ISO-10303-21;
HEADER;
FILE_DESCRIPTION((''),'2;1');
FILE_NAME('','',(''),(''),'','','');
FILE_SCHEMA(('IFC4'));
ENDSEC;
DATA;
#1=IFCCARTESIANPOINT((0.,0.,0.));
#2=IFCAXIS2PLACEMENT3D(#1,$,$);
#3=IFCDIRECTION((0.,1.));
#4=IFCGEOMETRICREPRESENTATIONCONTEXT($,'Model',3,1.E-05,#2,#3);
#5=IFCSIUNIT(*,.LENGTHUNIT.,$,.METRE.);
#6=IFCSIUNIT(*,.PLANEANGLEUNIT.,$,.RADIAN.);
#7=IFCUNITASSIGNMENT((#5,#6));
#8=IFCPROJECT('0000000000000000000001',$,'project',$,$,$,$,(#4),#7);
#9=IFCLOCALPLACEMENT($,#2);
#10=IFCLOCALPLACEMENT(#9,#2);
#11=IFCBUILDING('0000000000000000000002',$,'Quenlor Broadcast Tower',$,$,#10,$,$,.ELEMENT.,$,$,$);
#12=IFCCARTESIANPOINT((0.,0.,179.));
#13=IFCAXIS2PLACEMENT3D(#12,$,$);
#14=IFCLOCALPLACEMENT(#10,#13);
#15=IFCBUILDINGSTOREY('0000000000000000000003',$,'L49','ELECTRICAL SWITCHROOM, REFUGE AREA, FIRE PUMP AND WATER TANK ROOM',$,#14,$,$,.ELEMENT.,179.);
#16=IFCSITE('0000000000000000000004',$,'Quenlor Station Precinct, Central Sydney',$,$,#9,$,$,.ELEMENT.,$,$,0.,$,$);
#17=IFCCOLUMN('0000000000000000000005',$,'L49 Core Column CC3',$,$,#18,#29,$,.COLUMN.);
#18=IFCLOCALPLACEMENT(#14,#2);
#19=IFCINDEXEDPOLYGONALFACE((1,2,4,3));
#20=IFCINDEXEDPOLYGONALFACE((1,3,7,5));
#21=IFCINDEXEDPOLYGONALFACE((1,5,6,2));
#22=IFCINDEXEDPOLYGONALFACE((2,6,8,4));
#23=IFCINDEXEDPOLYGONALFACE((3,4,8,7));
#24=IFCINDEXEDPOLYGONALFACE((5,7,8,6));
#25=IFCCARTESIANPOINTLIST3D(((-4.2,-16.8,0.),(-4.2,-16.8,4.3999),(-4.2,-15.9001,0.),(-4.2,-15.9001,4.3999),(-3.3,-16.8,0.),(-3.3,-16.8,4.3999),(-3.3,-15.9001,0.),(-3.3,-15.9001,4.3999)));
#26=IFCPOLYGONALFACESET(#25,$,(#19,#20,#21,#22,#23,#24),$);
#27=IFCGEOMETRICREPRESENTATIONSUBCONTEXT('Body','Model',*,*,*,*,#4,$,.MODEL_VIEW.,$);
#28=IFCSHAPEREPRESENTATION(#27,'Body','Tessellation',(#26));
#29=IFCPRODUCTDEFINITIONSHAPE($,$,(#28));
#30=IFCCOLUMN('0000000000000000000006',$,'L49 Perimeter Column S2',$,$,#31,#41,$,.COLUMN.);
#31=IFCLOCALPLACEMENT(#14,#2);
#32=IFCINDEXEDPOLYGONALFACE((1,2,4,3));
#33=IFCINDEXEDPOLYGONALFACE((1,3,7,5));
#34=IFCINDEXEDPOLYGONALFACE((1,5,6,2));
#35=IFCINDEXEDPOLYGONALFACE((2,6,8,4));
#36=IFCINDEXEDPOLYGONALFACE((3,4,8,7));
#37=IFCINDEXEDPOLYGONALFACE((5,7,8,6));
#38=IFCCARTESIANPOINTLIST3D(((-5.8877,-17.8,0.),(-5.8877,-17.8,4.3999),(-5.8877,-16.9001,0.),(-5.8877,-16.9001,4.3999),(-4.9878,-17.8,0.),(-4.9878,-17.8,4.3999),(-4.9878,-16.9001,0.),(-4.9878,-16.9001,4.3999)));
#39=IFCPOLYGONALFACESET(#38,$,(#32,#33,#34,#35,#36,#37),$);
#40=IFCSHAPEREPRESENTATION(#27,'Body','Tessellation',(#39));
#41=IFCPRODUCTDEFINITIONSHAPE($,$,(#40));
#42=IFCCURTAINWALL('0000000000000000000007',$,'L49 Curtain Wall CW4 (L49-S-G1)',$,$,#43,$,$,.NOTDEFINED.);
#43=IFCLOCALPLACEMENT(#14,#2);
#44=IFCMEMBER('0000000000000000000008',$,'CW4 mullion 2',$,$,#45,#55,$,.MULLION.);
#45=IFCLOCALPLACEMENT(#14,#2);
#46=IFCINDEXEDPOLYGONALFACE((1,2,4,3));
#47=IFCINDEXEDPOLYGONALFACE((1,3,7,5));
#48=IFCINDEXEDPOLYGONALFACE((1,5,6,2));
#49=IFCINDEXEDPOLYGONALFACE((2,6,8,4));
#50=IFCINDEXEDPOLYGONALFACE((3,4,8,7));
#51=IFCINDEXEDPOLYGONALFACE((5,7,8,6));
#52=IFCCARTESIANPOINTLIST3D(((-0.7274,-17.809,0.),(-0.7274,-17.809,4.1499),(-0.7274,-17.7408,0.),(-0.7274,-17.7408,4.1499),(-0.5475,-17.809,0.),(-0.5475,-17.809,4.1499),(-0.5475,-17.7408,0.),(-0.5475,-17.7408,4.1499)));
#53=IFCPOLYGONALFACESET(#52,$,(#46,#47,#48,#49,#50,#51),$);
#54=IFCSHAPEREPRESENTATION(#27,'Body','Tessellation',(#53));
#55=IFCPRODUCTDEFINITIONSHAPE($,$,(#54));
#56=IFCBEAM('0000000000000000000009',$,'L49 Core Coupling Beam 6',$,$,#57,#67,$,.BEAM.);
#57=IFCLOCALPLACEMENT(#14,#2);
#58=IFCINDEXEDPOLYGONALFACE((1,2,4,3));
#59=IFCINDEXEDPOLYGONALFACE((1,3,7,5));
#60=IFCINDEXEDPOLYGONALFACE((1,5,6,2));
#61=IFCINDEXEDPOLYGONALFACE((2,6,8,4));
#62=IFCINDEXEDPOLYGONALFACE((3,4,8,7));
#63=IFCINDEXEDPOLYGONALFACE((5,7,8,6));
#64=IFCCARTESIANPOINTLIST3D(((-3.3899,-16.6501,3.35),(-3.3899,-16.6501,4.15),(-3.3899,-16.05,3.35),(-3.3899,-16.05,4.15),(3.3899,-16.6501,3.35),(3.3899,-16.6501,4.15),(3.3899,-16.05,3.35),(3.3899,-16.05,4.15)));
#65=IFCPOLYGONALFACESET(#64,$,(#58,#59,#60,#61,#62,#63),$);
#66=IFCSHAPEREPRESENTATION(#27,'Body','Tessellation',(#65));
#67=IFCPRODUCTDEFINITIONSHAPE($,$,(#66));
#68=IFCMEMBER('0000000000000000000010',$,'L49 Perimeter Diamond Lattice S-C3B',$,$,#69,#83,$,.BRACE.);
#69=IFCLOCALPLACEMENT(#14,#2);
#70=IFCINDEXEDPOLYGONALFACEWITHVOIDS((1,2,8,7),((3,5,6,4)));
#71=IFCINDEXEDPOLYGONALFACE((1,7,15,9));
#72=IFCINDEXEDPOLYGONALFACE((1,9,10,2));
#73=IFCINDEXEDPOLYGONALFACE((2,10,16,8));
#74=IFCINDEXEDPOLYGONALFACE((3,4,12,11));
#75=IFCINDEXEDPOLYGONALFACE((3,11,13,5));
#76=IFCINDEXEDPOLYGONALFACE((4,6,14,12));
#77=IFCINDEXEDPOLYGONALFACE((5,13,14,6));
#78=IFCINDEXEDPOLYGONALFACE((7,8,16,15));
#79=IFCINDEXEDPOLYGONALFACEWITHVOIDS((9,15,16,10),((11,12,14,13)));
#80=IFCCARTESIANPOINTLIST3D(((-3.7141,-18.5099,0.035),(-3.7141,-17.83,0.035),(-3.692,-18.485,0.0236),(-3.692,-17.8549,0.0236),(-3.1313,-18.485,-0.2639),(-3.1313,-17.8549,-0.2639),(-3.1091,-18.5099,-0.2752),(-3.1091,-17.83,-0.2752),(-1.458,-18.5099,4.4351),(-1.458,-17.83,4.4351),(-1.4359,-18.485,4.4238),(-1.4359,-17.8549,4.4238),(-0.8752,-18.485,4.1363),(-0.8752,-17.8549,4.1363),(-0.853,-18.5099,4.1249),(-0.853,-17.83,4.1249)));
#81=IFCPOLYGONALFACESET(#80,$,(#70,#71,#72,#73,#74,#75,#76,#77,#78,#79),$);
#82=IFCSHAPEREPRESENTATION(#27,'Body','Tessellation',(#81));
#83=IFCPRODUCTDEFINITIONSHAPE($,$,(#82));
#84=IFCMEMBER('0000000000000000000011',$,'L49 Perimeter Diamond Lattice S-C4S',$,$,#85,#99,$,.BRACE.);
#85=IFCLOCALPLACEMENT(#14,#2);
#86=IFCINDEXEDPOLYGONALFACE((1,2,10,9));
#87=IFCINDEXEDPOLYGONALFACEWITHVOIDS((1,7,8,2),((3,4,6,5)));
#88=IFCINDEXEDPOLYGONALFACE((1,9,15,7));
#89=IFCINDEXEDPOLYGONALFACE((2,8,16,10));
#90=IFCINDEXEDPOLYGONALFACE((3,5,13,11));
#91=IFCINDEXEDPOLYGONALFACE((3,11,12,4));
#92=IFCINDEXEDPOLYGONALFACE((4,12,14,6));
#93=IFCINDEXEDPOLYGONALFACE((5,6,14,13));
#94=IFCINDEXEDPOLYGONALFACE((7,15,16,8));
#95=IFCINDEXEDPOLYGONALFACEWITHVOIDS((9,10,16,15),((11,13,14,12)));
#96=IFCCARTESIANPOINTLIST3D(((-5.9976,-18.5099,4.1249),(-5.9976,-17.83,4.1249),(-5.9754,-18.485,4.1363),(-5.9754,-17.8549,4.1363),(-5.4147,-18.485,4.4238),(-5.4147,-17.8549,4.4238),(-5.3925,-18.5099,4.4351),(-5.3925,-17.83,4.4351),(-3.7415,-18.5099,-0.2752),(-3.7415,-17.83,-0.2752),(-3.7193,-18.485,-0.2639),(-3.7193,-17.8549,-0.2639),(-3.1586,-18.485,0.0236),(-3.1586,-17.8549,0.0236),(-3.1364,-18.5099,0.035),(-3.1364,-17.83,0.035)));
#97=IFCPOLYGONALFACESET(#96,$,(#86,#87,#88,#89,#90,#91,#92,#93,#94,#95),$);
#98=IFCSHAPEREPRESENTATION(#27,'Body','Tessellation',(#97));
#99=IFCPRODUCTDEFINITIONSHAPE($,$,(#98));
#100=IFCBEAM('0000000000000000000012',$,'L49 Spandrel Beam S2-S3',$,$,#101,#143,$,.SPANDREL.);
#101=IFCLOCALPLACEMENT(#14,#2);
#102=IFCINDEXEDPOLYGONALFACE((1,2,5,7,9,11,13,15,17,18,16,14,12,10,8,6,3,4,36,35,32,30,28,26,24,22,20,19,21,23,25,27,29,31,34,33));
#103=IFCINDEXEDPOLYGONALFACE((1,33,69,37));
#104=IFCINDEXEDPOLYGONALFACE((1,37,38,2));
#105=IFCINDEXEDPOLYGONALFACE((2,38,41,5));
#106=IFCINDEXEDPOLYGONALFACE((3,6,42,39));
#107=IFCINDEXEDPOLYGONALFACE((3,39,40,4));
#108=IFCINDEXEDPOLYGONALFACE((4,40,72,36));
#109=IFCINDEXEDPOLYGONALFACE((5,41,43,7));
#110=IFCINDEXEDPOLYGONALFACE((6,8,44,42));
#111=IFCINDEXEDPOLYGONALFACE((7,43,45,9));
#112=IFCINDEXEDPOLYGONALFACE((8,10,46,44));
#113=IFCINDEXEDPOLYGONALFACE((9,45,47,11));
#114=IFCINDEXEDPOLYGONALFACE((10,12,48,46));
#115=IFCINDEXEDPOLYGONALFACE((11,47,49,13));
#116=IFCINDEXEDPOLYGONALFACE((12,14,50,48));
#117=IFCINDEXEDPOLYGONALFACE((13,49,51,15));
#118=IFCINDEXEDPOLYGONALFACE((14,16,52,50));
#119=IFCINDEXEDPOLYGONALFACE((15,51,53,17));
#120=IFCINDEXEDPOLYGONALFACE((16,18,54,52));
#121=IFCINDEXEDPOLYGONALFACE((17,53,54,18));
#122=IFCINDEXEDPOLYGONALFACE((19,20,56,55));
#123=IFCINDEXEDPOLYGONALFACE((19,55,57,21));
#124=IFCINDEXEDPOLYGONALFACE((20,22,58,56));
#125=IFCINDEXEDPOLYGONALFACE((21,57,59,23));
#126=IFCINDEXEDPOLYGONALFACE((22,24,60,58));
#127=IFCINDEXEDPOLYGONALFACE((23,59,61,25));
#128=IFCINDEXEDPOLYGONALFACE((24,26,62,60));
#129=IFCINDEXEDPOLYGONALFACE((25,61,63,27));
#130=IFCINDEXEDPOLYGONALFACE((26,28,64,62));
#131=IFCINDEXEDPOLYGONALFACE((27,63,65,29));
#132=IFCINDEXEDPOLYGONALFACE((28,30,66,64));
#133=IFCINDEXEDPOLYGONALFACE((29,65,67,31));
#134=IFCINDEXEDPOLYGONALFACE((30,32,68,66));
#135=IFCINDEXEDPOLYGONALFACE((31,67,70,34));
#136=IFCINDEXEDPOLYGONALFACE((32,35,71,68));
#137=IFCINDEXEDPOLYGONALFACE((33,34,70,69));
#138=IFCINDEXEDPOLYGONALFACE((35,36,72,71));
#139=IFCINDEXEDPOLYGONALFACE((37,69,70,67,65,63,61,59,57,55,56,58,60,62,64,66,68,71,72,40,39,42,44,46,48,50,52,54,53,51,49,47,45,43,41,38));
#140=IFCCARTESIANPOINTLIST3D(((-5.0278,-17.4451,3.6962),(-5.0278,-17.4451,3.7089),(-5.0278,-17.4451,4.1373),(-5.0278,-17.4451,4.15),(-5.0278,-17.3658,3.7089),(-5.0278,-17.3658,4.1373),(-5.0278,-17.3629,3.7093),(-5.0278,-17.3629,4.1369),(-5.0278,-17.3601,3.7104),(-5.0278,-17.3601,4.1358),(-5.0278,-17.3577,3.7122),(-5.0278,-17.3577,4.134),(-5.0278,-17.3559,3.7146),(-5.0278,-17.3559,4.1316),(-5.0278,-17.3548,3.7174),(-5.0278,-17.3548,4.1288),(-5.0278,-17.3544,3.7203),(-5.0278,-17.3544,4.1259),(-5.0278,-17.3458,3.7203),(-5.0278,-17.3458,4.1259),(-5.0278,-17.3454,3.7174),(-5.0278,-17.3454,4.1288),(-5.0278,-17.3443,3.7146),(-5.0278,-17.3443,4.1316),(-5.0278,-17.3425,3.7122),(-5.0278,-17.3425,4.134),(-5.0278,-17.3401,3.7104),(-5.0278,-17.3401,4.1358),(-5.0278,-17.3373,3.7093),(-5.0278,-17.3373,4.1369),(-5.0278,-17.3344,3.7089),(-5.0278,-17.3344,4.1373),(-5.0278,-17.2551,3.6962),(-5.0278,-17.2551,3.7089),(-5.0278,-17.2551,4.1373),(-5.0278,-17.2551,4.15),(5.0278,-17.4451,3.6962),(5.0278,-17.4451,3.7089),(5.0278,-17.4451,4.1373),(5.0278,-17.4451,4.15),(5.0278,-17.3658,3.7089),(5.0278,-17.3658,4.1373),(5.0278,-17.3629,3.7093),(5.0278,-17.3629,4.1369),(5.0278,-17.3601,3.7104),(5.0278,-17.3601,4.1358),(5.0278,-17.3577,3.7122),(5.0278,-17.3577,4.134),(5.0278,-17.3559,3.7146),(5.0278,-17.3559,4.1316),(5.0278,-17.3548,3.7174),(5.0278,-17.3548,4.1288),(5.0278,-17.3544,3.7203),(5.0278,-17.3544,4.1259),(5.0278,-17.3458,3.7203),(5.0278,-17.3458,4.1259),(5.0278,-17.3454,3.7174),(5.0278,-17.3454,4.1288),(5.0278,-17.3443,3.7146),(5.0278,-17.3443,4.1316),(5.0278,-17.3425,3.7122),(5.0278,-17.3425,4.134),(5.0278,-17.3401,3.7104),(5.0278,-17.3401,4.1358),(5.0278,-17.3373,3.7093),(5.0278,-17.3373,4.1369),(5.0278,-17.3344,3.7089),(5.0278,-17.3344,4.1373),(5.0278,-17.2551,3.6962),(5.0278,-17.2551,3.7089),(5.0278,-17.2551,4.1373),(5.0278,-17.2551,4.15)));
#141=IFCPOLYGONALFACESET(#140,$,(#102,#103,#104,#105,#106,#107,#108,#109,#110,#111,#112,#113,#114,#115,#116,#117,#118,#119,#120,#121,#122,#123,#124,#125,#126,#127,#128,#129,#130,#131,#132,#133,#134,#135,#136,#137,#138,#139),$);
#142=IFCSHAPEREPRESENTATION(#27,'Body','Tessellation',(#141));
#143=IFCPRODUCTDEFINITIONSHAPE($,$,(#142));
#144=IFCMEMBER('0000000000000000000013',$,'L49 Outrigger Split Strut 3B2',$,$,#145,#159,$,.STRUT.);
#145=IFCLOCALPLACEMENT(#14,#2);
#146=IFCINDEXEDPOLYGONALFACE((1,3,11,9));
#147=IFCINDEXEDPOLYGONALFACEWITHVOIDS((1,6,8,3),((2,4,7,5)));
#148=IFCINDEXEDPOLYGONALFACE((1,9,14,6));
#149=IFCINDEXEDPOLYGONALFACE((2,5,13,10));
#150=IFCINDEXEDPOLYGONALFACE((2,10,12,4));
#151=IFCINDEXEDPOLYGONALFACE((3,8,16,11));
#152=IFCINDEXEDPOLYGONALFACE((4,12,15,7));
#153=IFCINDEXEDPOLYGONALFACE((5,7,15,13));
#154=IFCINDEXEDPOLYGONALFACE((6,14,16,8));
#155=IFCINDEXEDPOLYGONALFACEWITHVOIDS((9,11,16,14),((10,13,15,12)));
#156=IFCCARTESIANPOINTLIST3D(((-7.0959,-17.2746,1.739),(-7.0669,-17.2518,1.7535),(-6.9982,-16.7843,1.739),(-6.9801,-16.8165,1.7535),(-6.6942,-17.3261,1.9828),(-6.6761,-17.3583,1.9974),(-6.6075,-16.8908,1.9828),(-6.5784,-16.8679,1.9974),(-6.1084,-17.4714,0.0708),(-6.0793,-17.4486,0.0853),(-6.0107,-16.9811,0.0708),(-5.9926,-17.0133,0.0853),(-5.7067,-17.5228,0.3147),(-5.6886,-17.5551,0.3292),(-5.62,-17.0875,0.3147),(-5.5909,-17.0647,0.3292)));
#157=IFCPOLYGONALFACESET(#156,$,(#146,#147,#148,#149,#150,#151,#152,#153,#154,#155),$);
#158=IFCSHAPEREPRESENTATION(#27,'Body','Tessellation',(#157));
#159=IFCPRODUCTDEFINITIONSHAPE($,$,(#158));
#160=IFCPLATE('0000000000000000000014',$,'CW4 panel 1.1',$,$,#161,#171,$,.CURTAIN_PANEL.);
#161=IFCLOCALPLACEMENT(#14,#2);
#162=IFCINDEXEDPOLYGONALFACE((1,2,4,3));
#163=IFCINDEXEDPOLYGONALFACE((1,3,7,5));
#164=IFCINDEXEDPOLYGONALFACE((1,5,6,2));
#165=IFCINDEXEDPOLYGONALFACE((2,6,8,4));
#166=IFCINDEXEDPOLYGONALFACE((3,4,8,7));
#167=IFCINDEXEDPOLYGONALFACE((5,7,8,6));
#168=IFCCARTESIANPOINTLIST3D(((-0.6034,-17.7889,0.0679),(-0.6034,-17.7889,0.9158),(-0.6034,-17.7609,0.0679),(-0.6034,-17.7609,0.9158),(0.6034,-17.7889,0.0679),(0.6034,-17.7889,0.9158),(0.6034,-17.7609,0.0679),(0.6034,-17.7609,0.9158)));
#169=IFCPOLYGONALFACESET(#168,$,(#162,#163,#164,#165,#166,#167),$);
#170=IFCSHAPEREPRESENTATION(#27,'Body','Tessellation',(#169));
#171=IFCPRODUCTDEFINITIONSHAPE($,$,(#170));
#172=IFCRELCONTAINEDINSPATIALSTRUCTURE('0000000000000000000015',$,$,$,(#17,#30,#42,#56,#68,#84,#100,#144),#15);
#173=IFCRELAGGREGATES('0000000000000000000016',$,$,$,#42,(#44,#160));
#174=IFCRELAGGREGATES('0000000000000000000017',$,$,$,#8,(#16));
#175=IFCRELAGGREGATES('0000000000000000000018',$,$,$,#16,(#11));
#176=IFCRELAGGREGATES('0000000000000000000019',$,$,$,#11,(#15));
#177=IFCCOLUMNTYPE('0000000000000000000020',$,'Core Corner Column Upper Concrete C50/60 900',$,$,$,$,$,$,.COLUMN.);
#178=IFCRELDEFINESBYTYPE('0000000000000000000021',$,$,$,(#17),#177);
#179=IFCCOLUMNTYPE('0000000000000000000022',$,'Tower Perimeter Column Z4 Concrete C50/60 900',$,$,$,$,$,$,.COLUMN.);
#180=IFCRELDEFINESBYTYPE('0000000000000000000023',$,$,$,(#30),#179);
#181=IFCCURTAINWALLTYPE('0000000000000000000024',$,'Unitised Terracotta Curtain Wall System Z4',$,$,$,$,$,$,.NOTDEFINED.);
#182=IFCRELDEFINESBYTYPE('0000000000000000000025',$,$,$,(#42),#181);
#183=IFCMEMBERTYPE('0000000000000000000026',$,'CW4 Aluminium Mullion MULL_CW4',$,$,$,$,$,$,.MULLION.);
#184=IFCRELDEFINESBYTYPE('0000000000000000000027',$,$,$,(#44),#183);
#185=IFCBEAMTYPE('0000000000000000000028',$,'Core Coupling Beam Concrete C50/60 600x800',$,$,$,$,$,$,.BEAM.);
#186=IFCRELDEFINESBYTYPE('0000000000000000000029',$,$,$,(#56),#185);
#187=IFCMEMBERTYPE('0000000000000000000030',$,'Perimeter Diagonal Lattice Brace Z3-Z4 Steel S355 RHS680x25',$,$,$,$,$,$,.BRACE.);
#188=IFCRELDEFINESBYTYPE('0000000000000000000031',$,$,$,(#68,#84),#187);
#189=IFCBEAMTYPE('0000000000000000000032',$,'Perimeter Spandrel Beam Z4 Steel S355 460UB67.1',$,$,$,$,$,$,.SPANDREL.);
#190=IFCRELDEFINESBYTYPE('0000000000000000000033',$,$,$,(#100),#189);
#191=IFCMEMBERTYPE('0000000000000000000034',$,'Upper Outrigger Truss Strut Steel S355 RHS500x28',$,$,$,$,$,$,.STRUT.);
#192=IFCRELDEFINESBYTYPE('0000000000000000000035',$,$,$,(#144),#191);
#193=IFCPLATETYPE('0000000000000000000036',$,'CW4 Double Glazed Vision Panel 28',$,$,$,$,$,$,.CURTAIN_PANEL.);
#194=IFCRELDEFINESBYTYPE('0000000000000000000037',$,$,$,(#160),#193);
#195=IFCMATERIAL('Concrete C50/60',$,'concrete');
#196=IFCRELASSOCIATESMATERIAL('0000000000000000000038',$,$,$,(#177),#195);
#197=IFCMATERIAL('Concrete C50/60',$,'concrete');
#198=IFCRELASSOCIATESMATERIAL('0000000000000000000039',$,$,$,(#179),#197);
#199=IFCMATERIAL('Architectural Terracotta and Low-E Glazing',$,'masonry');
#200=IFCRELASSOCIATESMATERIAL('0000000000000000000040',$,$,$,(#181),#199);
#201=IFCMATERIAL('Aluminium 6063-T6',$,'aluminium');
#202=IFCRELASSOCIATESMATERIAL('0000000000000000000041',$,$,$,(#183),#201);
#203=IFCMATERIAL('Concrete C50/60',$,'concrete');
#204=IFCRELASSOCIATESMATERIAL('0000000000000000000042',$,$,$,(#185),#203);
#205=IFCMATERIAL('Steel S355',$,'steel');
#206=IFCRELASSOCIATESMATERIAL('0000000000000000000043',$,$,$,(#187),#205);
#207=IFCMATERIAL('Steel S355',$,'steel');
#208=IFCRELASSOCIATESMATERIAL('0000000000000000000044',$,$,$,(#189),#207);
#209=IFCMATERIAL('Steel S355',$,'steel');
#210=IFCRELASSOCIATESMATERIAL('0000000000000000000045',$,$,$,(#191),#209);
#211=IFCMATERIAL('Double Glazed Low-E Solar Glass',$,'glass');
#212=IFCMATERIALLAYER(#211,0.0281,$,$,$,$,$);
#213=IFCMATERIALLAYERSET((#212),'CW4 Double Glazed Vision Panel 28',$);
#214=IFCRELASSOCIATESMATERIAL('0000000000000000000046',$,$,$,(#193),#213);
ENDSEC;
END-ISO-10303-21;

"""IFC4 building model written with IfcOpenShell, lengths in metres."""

from ifc_helpers import new_model, si_unit, direction, frame, origin, origin_2d, place, context, subcontext, project, spatial, rectangle, hollow_rectangle, i_section, extrude, material, layer, layer_set, material_profile, profile_set, type_object, element, aggregate, save


model = new_model("IFC4")

# Units and contexts
model_context = context("Model", 3, precision=1e-05, world=origin(), true_north=direction((0.0, 1.0)))
body_context = subcontext(model_context, "Body", "Model", "MODEL_VIEW")
ifc_project = project(units=[si_unit("LENGTHUNIT", "METRE"), si_unit("PLANEANGLEUNIT", "RADIAN")], contexts=[model_context])

# Site, building, storey
site_placement = place(None, origin())
site = spatial("IfcSite", under=ifc_project, at=site_placement, Name="Quenlor Station Precinct, Central Sydney", CompositionType="ELEMENT", RefElevation=0.0)
building_placement = place(site_placement, origin())
building = spatial("IfcBuilding", under=site, at=building_placement, Name="Quenlor Broadcast Tower", CompositionType="ELEMENT")
storey_placement = place(building_placement, frame((0.0, 0.0, 179.0)))
storey = spatial("IfcBuildingStorey", under=building, at=storey_placement, Name="L49", Description="ELECTRICAL SWITCHROOM, REFUGE AREA, FIRE PUMP AND WATER TANK ROOM", CompositionType="ELEMENT", Elevation=179.0)

# Columns
ifc_material_1 = material(Name="Concrete C50/60", Category="concrete")
ifc_material_profile_1 = material_profile(ifc_material_1, rectangle(XDim=0.8999, YDim=0.8999, at=origin_2d()))
ifc_profile_set_1 = profile_set([ifc_material_profile_1], Name="Concrete C50/60 RC900x900")
column_type_1 = type_object("IfcColumnType", Name="Core Corner Column Upper Concrete C50/60 900", PredefinedType="COLUMN", material=ifc_profile_set_1)
column_1_placement = place(storey_placement, frame((-3.75, -16.3501, 0.0), z_axis=(0.0, 0.0, 1.0), x_axis=(1.0, 0.0, 0.0)))
element("IfcColumn", 1, at=column_1_placement, inside=storey, type_object=column_type_1, Name="L49 Core Column CC3", PredefinedType="COLUMN", context=body_context, shape_type="SweptSolid", body=[
    extrude(rectangle(XDim=0.8999, YDim=0.8999, at=origin_2d()), origin(), (0.0, 0.0, 1.0), 4.3999),
])
ifc_material_2 = material(Name="Concrete C50/60", Category="concrete")
ifc_material_profile_2 = material_profile(ifc_material_2, rectangle(XDim=0.8999, YDim=0.8999, at=origin_2d()))
ifc_profile_set_2 = profile_set([ifc_material_profile_2], Name="Concrete C50/60 RC900x900")
column_type_2 = type_object("IfcColumnType", Name="Tower Perimeter Column Z4 Concrete C50/60 900", PredefinedType="COLUMN", material=ifc_profile_set_2)
column_2_placement = place(storey_placement, frame((-5.4377, -17.3501, 0.0), z_axis=(0.0, 0.0, 1.0), x_axis=(0.0, 1.0, 0.0)))
element("IfcColumn", 2, at=column_2_placement, inside=storey, type_object=column_type_2, Name="L49 Perimeter Column S2", PredefinedType="COLUMN", context=body_context, shape_type="SweptSolid", body=[
    extrude(rectangle(XDim=0.8999, YDim=0.8999, at=origin_2d()), origin(), (0.0, 0.0, 1.0), 4.3999),
])

# Curtain wall, member
ifc_material_3 = material(Name="Architectural Terracotta and Low-E Glazing", Category="masonry")
curtain_wall_type = type_object("IfcCurtainWallType", Name="Unitised Terracotta Curtain Wall System Z4", PredefinedType="NOTDEFINED", material=ifc_material_3)
curtain_wall_placement = place(storey_placement, origin())
curtain_wall = element("IfcCurtainWall", 3, at=curtain_wall_placement, inside=storey, type_object=curtain_wall_type, Name="L49 Curtain Wall CW4 (L49-S-G1)", PredefinedType="NOTDEFINED")
ifc_material_4 = material(Name="Aluminium 6063-T6", Category="aluminium")
ifc_material_profile_3 = material_profile(ifc_material_4, rectangle(XDim=0.0681, YDim=0.1799, at=origin_2d()))
ifc_profile_set_3 = profile_set([ifc_material_profile_3], Name="Aluminium 6063-T6 MULL68x180")
member_type_1 = type_object("IfcMemberType", Name="CW4 Aluminium Mullion MULL_CW4", PredefinedType="MULLION", material=ifc_profile_set_3)
member_1_placement = place(storey_placement, frame((-0.6375, -17.7749, 0.0), z_axis=(0.0, 0.0, 1.0), x_axis=(0.0, -1.0, 0.0)))
member_1 = element("IfcMember", 4, at=member_1_placement, type_object=member_type_1, Name="CW4 mullion 2", PredefinedType="MULLION", context=body_context, shape_type="SweptSolid", body=[
    extrude(rectangle(XDim=0.0681, YDim=0.1799, at=origin_2d()), origin(), (0.0, 0.0, 1.0), 4.1499),
])

# Beam
ifc_material_5 = material(Name="Concrete C50/60", Category="concrete")
ifc_material_profile_4 = material_profile(ifc_material_5, rectangle(XDim=0.6001, YDim=0.8, at=origin_2d()))
ifc_profile_set_4 = profile_set([ifc_material_profile_4], Name="Concrete C50/60 RCB600x800")
beam_type_1 = type_object("IfcBeamType", Name="Core Coupling Beam Concrete C50/60 600x800", PredefinedType="BEAM", material=ifc_profile_set_4)
beam_1_placement = place(storey_placement, frame((-3.3899, -16.3501, 3.75), z_axis=(1.0, 0.0, 0.0), x_axis=(0.0, 1.0, 0.0)))
element("IfcBeam", 5, at=beam_1_placement, inside=storey, type_object=beam_type_1, Name="L49 Core Coupling Beam 6", PredefinedType="BEAM", context=body_context, shape_type="SweptSolid", body=[
    extrude(rectangle(XDim=0.6001, YDim=0.8, at=origin_2d()), origin(), (0.0, 0.0, 1.0), 6.7798),
])

# Members
ifc_material_6 = material(Name="Steel S355", Category="steel")
ifc_material_profile_5 = material_profile(ifc_material_6, hollow_rectangle(XDim=0.6799, YDim=0.6799, WallThickness=0.0249, at=origin_2d()))
ifc_profile_set_5 = profile_set([ifc_material_profile_5], Name="Steel S355 RHS680x680x25")
member_type_2 = type_object("IfcMemberType", Name="Perimeter Diagonal Lattice Brace Z3-Z4 Steel S355 RHS680x25", PredefinedType="BRACE", material=ifc_profile_set_5)
for number, where, z_axis, x_axis, name in (
    (6, (-3.4116, -18.1699, -0.1201), (0.456256, 0.0, 0.889849), (0.0, 1.0, 0.0), "L49 Perimeter Diamond Lattice S-C3B"),
    (7, (-3.439, -18.1699, -0.1201), (-0.456256, 0.0, 0.889849), (0.0, -1.0, 0.0), "L49 Perimeter Diamond Lattice S-C4S"),
):
    element("IfcMember", number, at=place(storey_placement, frame(where, z_axis=z_axis, x_axis=x_axis)), inside=storey, type_object=member_type_2, Name=name, PredefinedType="BRACE", context=body_context, shape_type="SweptSolid", body=[
        extrude(hollow_rectangle(XDim=0.6799, YDim=0.6799, WallThickness=0.0249, at=origin_2d()), origin(), (0.0, 0.0, 1.0), 4.9448),
    ])

# Beam
ifc_material_7 = material(Name="Steel S355", Category="steel")
ifc_material_profile_6 = material_profile(ifc_material_7, i_section(OverallWidth=0.1899, OverallDepth=0.4539, WebThickness=0.0085, FlangeThickness=0.0127, FilletRadius=0.0115, at=origin_2d()))
ifc_profile_set_6 = profile_set([ifc_material_profile_6], Name="Steel S355 460UB67.1")
beam_type_2 = type_object("IfcBeamType", Name="Perimeter Spandrel Beam Z4 Steel S355 460UB67.1", PredefinedType="SPANDREL", material=ifc_profile_set_6)
beam_2_placement = place(storey_placement, frame((-5.0278, -17.3501, 3.9231), z_axis=(1.0, 0.0, 0.0), x_axis=(0.0, 1.0, 0.0)))
element("IfcBeam", 8, at=beam_2_placement, inside=storey, type_object=beam_type_2, Name="L49 Spandrel Beam S2-S3", PredefinedType="SPANDREL", context=body_context, shape_type="SweptSolid", body=[
    extrude(i_section(OverallWidth=0.1899, OverallDepth=0.4539, WebThickness=0.0085, FlangeThickness=0.0127, FilletRadius=0.0115, at=origin_2d()), origin(), (0.0, 0.0, 1.0), 10.0557),
])

# Member
ifc_material_8 = material(Name="Steel S355", Category="steel")
ifc_material_profile_7 = material_profile(ifc_material_8, hollow_rectangle(XDim=0.5, YDim=0.5, WallThickness=0.0281, at=origin_2d()))
ifc_profile_set_7 = profile_set([ifc_material_profile_7], Name="Steel S355 RHS500x500x28")
member_type_3 = type_object("IfcMemberType", Name="Upper Outrigger Truss Strut Steel S355 RHS500x28", PredefinedType="STRUT", material=ifc_profile_set_7)
member_2_placement = place(storey_placement, frame((-6.8372, -17.0713, 1.8682), z_axis=(0.506808, -0.100986, -0.856124), x_axis=(0.195417, 0.98072, 0.0)))
element("IfcMember", 9, at=member_2_placement, inside=storey, type_object=member_type_3, Name="L49 Outrigger Split Strut 3B2", PredefinedType="STRUT", context=body_context, shape_type="SweptSolid", body=[
    extrude(hollow_rectangle(XDim=0.5, YDim=0.5, WallThickness=0.0281, at=origin_2d()), origin(), (0.0, 0.0, 1.0), 1.9485),
])

# Plate
ifc_material_9 = material(Name="Double Glazed Low-E Solar Glass", Category="glass")
ifc_layer_1 = layer(ifc_material_9, 0.0281)
ifc_layer_set_1 = layer_set([ifc_layer_1], Name="CW4 Double Glazed Vision Panel 28")
plate_type_1 = type_object("IfcPlateType", Name="CW4 Double Glazed Vision Panel 28", PredefinedType="CURTAIN_PANEL", material=ifc_layer_set_1)
plate_1_placement = place(storey_placement, frame((0.0, -17.7749, 0.0679), z_axis=(0.0, 0.0, 1.0), x_axis=(-1.0, 0.0, 0.0)))
plate_1 = element("IfcPlate", 10, at=plate_1_placement, type_object=plate_type_1, Name="CW4 panel 1.1", PredefinedType="CURTAIN_PANEL", context=body_context, shape_type="SweptSolid", body=[
    extrude(rectangle(XDim=1.2068, YDim=0.0281, at=origin_2d()), origin(), (0.0, 0.0, 1.0), 0.8479),
])
aggregate(curtain_wall, [member_1, plate_1])

save(model, "model.ifc")
